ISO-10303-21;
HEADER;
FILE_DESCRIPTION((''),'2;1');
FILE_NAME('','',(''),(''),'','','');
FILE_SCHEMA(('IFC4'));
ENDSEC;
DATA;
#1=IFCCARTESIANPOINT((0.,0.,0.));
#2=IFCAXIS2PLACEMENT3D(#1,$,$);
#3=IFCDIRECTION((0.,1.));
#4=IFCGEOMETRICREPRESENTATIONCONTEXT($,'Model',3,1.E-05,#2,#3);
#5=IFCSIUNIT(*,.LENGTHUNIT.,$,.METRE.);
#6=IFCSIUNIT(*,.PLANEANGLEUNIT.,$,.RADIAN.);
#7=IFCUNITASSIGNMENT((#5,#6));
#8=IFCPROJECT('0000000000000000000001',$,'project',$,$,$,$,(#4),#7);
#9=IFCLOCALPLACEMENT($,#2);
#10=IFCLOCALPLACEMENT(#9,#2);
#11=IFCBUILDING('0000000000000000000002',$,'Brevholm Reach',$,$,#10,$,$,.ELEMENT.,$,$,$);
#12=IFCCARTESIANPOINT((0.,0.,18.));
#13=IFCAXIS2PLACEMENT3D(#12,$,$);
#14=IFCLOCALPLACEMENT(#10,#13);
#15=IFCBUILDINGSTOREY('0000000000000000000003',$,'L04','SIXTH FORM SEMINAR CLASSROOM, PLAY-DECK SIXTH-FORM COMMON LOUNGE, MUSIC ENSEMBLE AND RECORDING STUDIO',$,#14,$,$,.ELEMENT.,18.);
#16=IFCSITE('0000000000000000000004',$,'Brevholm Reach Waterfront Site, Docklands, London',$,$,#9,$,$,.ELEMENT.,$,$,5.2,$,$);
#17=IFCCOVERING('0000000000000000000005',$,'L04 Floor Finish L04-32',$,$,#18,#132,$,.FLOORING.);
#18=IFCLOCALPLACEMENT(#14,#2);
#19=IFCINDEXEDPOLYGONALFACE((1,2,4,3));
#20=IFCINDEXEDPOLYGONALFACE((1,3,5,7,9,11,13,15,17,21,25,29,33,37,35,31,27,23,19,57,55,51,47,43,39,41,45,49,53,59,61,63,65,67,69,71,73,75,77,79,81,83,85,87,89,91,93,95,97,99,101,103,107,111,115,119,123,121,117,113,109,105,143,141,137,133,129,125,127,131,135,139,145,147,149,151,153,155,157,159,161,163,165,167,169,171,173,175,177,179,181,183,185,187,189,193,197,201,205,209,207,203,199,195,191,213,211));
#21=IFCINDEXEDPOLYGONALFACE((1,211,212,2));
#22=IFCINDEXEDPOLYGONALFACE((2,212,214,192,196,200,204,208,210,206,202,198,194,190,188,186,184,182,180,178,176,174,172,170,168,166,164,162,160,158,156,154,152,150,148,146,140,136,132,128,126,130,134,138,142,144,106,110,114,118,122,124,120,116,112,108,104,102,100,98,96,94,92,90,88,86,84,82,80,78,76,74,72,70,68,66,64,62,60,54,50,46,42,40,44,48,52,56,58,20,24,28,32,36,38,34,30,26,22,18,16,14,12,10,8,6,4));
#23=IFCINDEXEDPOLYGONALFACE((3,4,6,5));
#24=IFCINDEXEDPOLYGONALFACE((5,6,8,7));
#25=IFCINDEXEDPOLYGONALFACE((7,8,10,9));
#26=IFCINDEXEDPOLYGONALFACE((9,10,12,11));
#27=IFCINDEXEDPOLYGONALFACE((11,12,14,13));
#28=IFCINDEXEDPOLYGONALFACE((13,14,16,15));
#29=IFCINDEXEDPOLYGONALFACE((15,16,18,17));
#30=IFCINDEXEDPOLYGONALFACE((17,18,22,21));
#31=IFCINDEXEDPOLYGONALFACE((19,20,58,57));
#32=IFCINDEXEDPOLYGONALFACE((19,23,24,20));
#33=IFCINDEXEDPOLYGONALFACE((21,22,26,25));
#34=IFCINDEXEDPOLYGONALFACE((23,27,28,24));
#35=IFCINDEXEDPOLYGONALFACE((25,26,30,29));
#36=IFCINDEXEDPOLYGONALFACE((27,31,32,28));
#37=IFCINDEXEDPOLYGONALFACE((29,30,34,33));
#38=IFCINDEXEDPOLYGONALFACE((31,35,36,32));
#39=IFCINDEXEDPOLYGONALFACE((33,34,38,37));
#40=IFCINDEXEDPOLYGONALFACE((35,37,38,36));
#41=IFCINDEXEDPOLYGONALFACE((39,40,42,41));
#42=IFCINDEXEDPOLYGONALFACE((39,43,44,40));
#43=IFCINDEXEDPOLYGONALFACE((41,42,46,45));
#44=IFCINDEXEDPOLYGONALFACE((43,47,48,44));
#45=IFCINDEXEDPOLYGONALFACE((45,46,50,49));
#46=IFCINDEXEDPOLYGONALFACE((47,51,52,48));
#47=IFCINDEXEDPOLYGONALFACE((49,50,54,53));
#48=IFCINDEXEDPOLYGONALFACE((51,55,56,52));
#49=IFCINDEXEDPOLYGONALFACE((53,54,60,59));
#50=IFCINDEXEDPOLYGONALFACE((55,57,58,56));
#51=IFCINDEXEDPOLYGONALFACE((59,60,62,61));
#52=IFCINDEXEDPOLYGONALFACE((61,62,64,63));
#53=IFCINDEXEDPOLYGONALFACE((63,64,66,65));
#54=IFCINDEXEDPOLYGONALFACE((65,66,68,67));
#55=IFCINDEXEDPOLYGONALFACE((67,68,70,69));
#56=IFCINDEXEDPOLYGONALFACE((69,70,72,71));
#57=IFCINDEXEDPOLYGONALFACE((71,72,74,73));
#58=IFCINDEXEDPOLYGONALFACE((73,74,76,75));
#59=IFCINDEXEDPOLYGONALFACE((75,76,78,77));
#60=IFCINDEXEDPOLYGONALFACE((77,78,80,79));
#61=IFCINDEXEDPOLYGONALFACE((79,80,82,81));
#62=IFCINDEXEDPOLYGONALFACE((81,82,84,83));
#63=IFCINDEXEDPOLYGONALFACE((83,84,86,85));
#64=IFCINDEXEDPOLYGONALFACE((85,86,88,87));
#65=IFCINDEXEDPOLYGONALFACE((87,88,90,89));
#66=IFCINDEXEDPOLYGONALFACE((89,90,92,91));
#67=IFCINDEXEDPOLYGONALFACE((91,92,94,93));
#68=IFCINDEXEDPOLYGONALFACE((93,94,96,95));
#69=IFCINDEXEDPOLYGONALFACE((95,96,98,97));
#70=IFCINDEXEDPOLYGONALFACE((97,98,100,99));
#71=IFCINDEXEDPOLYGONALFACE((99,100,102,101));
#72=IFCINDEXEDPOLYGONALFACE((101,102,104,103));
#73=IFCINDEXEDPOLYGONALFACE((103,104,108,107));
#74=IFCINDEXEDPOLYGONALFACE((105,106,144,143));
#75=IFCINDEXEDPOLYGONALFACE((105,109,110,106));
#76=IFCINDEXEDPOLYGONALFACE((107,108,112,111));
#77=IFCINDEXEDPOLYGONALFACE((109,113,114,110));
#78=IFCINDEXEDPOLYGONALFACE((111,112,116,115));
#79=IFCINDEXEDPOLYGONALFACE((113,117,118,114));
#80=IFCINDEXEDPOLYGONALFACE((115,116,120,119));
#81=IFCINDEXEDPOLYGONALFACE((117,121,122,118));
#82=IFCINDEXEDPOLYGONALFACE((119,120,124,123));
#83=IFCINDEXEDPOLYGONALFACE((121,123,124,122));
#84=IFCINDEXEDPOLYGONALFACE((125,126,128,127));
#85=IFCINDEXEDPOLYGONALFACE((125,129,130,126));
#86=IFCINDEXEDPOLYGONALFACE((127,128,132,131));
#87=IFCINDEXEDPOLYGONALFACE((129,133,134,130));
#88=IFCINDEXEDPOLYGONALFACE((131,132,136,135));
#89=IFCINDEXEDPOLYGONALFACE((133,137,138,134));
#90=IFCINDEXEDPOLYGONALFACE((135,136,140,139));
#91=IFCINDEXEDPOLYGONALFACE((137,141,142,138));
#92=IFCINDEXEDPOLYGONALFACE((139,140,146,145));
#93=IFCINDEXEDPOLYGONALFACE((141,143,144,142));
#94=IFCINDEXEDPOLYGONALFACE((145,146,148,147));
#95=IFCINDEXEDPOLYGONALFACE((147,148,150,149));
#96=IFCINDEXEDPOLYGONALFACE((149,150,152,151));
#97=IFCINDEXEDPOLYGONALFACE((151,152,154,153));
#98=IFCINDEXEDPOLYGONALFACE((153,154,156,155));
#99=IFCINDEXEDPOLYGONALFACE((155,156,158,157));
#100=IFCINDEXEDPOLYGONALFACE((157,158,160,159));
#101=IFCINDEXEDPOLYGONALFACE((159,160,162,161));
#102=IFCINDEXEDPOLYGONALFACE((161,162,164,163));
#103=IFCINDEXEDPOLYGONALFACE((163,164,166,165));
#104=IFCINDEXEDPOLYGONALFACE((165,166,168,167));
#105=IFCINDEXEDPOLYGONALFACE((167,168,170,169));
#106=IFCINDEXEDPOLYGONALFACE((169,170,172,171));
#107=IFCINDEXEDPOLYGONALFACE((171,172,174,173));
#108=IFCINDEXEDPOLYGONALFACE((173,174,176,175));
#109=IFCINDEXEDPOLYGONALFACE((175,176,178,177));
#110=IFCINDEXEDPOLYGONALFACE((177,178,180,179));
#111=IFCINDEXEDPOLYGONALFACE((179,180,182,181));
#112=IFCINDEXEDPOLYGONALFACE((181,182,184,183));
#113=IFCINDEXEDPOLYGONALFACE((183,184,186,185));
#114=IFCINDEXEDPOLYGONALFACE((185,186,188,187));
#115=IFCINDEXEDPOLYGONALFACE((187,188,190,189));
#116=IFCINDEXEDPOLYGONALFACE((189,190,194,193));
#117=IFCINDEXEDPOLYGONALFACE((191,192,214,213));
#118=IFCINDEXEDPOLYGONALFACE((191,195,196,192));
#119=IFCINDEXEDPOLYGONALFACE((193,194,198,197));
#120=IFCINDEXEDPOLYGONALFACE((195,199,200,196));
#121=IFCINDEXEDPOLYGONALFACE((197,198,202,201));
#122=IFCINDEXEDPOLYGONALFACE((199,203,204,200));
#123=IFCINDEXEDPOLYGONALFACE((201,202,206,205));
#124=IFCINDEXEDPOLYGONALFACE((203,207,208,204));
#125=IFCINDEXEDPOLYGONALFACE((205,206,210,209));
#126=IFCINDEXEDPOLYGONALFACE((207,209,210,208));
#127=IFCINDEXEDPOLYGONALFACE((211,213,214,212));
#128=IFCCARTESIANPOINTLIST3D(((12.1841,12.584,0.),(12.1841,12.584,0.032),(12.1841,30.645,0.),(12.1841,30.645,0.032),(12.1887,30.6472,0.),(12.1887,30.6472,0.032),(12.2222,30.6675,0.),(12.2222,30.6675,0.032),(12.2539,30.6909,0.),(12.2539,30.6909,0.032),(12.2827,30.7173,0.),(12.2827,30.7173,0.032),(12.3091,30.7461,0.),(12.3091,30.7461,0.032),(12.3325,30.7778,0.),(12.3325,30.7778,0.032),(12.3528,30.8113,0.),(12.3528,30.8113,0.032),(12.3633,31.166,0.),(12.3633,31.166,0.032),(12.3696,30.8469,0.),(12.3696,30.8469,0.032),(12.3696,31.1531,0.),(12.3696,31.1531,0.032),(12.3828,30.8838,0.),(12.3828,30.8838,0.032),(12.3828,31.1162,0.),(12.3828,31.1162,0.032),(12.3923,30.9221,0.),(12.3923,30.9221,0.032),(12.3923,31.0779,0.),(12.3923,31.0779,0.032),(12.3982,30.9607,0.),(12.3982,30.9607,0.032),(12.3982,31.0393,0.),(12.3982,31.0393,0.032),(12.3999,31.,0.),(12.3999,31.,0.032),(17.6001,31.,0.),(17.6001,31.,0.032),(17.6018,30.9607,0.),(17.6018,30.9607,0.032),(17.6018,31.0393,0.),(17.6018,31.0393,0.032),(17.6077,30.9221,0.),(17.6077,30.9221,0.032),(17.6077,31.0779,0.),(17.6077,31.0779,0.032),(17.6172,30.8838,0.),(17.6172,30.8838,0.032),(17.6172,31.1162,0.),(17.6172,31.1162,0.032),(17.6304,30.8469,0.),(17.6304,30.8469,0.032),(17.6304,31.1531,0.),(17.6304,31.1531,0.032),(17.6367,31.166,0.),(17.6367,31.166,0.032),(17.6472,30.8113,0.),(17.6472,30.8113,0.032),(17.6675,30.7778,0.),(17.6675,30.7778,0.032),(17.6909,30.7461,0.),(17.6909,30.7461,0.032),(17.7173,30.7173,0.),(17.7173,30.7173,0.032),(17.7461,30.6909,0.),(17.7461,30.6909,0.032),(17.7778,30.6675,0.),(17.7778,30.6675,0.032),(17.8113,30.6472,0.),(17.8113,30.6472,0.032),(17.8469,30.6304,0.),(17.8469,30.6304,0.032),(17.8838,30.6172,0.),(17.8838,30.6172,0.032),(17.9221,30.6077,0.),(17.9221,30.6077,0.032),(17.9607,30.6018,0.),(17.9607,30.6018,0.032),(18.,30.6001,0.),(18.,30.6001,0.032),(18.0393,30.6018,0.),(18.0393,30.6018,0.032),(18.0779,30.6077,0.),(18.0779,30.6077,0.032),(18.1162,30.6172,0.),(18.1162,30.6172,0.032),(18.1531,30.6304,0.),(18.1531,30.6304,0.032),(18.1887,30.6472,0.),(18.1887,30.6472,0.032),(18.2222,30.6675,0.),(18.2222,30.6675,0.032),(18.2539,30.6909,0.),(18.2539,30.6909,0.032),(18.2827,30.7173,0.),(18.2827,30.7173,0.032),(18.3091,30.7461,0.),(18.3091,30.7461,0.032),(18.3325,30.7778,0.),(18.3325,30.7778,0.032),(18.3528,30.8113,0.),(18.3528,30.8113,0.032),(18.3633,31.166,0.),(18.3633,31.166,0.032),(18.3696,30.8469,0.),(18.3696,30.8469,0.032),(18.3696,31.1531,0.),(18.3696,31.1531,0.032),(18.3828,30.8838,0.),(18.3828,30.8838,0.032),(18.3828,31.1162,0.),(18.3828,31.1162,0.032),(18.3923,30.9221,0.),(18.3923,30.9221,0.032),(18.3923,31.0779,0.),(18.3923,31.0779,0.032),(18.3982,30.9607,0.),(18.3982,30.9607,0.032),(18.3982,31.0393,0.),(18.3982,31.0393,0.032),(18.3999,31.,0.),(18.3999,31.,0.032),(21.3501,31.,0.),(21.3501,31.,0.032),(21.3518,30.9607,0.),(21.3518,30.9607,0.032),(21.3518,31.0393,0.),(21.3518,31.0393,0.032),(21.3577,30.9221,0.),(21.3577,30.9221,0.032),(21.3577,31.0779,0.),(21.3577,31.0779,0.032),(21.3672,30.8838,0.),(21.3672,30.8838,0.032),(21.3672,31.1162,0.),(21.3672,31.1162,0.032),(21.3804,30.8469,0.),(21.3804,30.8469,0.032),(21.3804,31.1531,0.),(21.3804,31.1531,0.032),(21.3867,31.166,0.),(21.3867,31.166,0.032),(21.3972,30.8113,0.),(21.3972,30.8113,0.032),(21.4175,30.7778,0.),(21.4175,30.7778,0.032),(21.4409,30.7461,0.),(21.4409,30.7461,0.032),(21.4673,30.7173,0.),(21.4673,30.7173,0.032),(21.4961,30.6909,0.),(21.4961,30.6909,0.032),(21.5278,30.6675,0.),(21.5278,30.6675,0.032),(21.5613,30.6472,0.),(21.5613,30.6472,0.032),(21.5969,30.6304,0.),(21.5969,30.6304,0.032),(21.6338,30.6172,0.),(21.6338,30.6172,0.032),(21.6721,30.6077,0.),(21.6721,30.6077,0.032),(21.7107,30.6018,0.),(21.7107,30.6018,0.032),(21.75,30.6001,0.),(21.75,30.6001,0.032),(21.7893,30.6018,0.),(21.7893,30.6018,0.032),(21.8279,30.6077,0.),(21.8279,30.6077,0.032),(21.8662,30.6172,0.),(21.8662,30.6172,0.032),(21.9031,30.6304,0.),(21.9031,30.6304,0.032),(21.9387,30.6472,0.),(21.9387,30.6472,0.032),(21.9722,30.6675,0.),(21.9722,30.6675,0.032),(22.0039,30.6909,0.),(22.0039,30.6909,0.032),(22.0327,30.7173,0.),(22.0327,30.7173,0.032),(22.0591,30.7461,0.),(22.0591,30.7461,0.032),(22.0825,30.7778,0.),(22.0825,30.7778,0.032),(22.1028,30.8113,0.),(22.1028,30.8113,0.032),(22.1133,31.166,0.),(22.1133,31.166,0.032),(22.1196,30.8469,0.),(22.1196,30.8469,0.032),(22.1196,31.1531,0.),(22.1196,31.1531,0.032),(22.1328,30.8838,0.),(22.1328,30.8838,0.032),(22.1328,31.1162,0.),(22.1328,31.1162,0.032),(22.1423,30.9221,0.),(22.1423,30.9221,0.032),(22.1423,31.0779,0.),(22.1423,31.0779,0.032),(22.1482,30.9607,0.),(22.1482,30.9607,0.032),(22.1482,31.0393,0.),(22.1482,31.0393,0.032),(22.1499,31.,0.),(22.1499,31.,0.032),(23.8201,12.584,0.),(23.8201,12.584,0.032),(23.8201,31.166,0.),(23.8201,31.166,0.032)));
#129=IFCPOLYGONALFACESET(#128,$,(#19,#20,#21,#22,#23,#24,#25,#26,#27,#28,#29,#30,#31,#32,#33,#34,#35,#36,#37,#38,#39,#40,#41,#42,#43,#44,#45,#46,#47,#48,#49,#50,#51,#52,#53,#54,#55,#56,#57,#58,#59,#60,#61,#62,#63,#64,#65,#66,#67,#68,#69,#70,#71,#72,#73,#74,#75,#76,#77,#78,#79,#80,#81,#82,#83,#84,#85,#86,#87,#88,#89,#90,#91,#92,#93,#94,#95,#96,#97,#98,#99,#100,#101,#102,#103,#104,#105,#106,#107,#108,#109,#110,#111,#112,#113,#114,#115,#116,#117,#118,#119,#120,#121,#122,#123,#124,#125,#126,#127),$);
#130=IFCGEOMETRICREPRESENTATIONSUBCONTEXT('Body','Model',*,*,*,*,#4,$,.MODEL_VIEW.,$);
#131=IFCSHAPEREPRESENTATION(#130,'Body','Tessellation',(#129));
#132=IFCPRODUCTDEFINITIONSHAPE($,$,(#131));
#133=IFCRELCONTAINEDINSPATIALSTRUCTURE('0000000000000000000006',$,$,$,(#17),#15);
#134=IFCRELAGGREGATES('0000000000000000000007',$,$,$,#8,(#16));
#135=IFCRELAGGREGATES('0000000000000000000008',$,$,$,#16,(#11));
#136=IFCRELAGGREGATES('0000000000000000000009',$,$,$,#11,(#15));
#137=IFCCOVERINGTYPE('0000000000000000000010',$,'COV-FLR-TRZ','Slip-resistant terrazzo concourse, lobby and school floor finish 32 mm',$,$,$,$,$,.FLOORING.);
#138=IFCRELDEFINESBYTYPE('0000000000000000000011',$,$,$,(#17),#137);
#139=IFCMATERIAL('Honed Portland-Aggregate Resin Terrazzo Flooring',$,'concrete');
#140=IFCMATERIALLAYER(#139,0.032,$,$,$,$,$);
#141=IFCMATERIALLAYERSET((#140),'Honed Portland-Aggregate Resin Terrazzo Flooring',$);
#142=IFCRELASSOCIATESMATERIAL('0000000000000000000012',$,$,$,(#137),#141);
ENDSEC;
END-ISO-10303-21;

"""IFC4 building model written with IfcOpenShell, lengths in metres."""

from ifc_helpers import new_model, si_unit, direction, frame, origin, place, context, subcontext, project, spatial, polyline, outline, extrude, material, layer, layer_set, type_object, element, save


model = new_model("IFC4")

# Units and contexts
model_context = context("Model", 3, precision=1e-05, world=origin(), true_north=direction((0.0, 1.0)))
body_context = subcontext(model_context, "Body", "Model", "MODEL_VIEW")
ifc_project = project(units=[si_unit("LENGTHUNIT", "METRE"), si_unit("PLANEANGLEUNIT", "RADIAN")], contexts=[model_context])

# Site, building, storey
site_placement = place(None, origin())
site = spatial("IfcSite", under=ifc_project, at=site_placement, Name="Brevholm Reach Waterfront Site, Docklands, London", CompositionType="ELEMENT", RefElevation=5.2)
building_placement = place(site_placement, origin())
building = spatial("IfcBuilding", under=site, at=building_placement, Name="Brevholm Reach", CompositionType="ELEMENT")
storey_placement = place(building_placement, frame((0.0, 0.0, 18.0)))
storey = spatial("IfcBuildingStorey", under=building, at=storey_placement, Name="L04", Description="SIXTH FORM SEMINAR CLASSROOM, PLAY-DECK SIXTH-FORM COMMON LOUNGE, MUSIC ENSEMBLE AND RECORDING STUDIO", CompositionType="ELEMENT", Elevation=18.0)

# Covering
ifc_material_1 = material(Name="Honed Portland-Aggregate Resin Terrazzo Flooring", Category="concrete")
ifc_layer_1 = layer(ifc_material_1, 0.032)
ifc_layer_set_1 = layer_set([ifc_layer_1], Name="Honed Portland-Aggregate Resin Terrazzo Flooring")
covering_type_1 = type_object("IfcCoveringType", Name="COV-FLR-TRZ", Description="Slip-resistant terrazzo concourse, lobby and school floor finish 32 mm", PredefinedType="FLOORING", material=ifc_layer_set_1)
covering_1_placement = place(storey_placement, origin())
element("IfcCovering", 1, at=covering_1_placement, inside=storey, type_object=covering_type_1, Name="L04 Floor Finish L04-32", PredefinedType="FLOORING", context=body_context, shape_type="SweptSolid", body=[
    extrude(outline(polyline([(23.8201, 12.584), (12.1841, 12.584), (12.1841, 30.645), (12.1887, 30.6472), (12.2222, 30.6675), (12.2539, 30.6909), (12.2827, 30.7173), (12.3091, 30.7461), (12.3325, 30.7778), (12.3528, 30.8113), (12.3696, 30.8469), (12.3828, 30.8838), (12.3923, 30.9221), (12.3982, 30.9607), (12.3999, 31.0), (12.3982, 31.0393), (12.3923, 31.0779), (12.3828, 31.1162), (12.3696, 31.1531), (12.3633, 31.166), (17.6367, 31.166), (17.6304, 31.1531), (17.6172, 31.1162), (17.6077, 31.0779), (17.6018, 31.0393), (17.6001, 31.0), (17.6018, 30.9607), (17.6077, 30.9221), (17.6172, 30.8838), (17.6304, 30.8469), (17.6472, 30.8113), (17.6675, 30.7778), (17.6909, 30.7461), (17.7173, 30.7173), (17.7461, 30.6909), (17.7778, 30.6675), (17.8113, 30.6472), (17.8469, 30.6304), (17.8838, 30.6172), (17.9221, 30.6077), (17.9607, 30.6018), (18.0, 30.6001), (18.0393, 30.6018), (18.0779, 30.6077), (18.1162, 30.6172), (18.1531, 30.6304), (18.1887, 30.6472), (18.2222, 30.6675), (18.2539, 30.6909), (18.2827, 30.7173), (18.3091, 30.7461), (18.3325, 30.7778), (18.3528, 30.8113), (18.3696, 30.8469), (18.3828, 30.8838), (18.3923, 30.9221), (18.3982, 30.9607), (18.3999, 31.0), (18.3982, 31.0393), (18.3923, 31.0779), (18.3828, 31.1162), (18.3696, 31.1531), (18.3633, 31.166), (21.3867, 31.166), (21.3804, 31.1531), (21.3672, 31.1162), (21.3577, 31.0779), (21.3518, 31.0393), (21.3501, 31.0), (21.3518, 30.9607), (21.3577, 30.9221), (21.3672, 30.8838), (21.3804, 30.8469), (21.3972, 30.8113), (21.4175, 30.7778), (21.4409, 30.7461), (21.4673, 30.7173), (21.4961, 30.6909), (21.5278, 30.6675), (21.5613, 30.6472), (21.5969, 30.6304), (21.6338, 30.6172), (21.6721, 30.6077), (21.7107, 30.6018), (21.75, 30.6001), (21.7893, 30.6018), (21.8279, 30.6077), (21.8662, 30.6172), (21.9031, 30.6304), (21.9387, 30.6472), (21.9722, 30.6675), (22.0039, 30.6909), (22.0327, 30.7173), (22.0591, 30.7461), (22.0825, 30.7778), (22.1028, 30.8113), (22.1196, 30.8469), (22.1328, 30.8838), (22.1423, 30.9221), (22.1482, 30.9607), (22.1499, 31.0), (22.1482, 31.0393), (22.1423, 31.0779), (22.1328, 31.1162), (22.1196, 31.1531), (22.1133, 31.166), (23.8201, 31.166), (23.8201, 12.584)])), origin(), (0.0, 0.0, 1.0), 0.032),
])

save(model, "model.ifc")
